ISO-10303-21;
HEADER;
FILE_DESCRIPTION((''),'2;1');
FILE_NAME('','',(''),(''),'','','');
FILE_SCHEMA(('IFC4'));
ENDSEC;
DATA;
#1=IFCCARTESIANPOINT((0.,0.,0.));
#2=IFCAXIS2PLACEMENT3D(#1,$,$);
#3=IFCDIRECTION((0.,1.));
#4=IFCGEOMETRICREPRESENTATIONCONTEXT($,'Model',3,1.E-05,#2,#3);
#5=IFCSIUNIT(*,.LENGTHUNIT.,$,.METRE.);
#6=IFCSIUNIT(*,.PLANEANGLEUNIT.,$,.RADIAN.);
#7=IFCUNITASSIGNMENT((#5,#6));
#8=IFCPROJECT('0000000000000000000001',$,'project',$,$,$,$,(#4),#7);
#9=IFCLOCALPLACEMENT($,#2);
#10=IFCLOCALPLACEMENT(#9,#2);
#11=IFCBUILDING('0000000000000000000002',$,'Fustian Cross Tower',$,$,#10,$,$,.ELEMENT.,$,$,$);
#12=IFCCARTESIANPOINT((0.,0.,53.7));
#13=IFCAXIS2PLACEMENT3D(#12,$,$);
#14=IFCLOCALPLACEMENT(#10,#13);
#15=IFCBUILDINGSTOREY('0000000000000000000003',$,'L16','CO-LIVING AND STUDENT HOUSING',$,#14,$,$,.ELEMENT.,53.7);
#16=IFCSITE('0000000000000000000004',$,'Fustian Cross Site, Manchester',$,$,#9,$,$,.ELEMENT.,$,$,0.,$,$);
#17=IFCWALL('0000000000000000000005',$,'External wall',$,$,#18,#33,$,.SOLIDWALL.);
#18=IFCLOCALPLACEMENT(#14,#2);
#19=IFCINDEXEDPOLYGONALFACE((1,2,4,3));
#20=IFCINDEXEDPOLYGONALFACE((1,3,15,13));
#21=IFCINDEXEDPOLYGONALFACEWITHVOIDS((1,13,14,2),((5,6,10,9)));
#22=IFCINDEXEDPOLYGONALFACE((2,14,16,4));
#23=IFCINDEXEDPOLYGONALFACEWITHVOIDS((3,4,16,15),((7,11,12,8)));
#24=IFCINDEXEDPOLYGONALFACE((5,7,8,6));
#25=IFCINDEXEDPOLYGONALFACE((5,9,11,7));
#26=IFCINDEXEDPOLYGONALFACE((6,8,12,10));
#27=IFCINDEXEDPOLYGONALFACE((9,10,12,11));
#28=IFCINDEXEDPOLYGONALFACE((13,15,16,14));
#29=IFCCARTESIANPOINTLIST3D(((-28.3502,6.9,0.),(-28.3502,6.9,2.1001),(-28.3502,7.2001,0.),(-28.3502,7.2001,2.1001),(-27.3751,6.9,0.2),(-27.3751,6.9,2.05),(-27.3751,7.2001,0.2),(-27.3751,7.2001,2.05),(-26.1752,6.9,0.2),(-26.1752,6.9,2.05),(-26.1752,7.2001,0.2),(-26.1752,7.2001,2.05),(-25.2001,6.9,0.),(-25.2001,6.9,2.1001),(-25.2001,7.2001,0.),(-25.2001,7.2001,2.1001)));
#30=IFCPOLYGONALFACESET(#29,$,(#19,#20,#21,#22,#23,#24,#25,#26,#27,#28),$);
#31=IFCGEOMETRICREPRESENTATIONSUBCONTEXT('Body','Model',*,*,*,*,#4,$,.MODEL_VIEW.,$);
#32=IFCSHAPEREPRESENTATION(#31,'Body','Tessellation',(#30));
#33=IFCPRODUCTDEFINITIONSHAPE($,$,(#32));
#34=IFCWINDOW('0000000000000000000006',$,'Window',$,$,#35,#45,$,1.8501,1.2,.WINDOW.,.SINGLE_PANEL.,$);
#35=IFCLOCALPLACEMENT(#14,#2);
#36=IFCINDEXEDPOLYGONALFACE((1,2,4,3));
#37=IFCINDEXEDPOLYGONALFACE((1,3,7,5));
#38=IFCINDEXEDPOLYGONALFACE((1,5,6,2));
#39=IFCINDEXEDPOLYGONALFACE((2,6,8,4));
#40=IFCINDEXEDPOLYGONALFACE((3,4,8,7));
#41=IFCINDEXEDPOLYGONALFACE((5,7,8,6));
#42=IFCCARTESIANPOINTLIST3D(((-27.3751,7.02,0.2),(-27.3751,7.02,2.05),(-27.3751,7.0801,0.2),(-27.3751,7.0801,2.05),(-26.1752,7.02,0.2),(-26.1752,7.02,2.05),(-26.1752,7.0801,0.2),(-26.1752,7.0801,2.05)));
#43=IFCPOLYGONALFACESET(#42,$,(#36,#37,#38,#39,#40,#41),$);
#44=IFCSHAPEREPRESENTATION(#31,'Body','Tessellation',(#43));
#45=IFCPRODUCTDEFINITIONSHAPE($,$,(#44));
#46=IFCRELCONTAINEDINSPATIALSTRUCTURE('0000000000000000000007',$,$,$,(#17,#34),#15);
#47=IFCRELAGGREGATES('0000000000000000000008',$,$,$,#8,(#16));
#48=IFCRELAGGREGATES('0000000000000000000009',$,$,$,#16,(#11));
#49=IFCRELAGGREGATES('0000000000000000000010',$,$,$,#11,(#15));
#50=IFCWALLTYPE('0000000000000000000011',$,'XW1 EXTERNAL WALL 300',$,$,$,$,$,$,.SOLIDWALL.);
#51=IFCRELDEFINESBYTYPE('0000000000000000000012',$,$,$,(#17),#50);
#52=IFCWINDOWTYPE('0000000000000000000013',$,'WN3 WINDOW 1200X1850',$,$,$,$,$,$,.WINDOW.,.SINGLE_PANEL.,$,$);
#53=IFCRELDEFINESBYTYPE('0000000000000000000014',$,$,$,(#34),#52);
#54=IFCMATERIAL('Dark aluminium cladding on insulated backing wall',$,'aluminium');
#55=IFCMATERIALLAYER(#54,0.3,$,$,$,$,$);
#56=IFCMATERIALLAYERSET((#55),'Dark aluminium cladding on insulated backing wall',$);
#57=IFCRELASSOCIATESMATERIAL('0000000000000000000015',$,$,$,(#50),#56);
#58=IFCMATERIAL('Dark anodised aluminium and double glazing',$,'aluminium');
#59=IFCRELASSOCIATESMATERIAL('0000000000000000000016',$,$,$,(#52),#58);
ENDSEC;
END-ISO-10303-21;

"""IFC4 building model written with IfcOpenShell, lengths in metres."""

from ifc_helpers import new_model, si_unit, direction, frame, frame_2d, origin, place, context, subcontext, project, spatial, rectangle, extrude, material, layer, layer_set, type_object, element, fill, save


model = new_model("IFC4")

# Units and contexts
model_context = context("Model", 3, precision=1e-05, world=origin(), true_north=direction((0.0, 1.0)))
body_context = subcontext(model_context, "Body", "Model", "MODEL_VIEW")
ifc_project = project(units=[si_unit("LENGTHUNIT", "METRE"), si_unit("PLANEANGLEUNIT", "RADIAN")], contexts=[model_context])

# Site, building, storey
site_placement = place(None, origin())
site = spatial("IfcSite", under=ifc_project, at=site_placement, Name="Fustian Cross Site, Manchester", CompositionType="ELEMENT", RefElevation=0.0)
building_placement = place(site_placement, origin())
building = spatial("IfcBuilding", under=site, at=building_placement, Name="Fustian Cross Tower", CompositionType="ELEMENT")
storey_placement = place(building_placement, frame((0.0, 0.0, 53.7)))
storey = spatial("IfcBuildingStorey", under=building, at=storey_placement, Name="L16", Description="CO-LIVING AND STUDENT HOUSING", CompositionType="ELEMENT", Elevation=53.7)

# Shared definitions
ifc_material_1 = material(Name="Dark aluminium cladding on insulated backing wall", Category="aluminium")
ifc_layer_1 = layer(ifc_material_1, 0.3)
ifc_layer_set_1 = layer_set([ifc_layer_1], Name="Dark aluminium cladding on insulated backing wall")
wall_type_1 = type_object("IfcWallType", Name="XW1 EXTERNAL WALL 300", PredefinedType="SOLIDWALL", material=ifc_layer_set_1)
ifc_material_2 = material(Name="Dark anodised aluminium and double glazing", Category="aluminium")
window_type_1 = type_object("IfcWindowType", Name="WN3 WINDOW 1200X1850", PartitioningType="SINGLE_PANEL", PredefinedType="WINDOW", material=ifc_material_2)

# Wall, opening, window
wall_1_placement = place(storey_placement, frame((-25.2, 7.05, 0.0), z_axis=(0.0, 0.0, 1.0), x_axis=(-1.0, 0.0, 0.0)))
wall_1 = element("IfcWall", 1, at=wall_1_placement, inside=storey, type_object=wall_type_1, Name="External wall", PredefinedType="SOLIDWALL", context=body_context, shape_type="SweptSolid", body=[
    extrude(rectangle(XDim=3.1501, YDim=0.3, at=frame_2d((1.5752, 0.0))), origin(), (0.0, 0.0, 1.0), 2.1001),
])
opening_1_placement = place(wall_1_placement, frame((0.9751, 0.0, 0.2)))
opening_1 = element("IfcOpeningElement", 2, at=opening_1_placement, cuts=wall_1, PredefinedType="OPENING", context=body_context, shape_type="SweptSolid", body=[
    extrude(rectangle(XDim=1.2, YDim=1.8501, at=frame_2d((0.6001, 0.925))), frame((0.0, 0.1599, 0.0), z_axis=(0.0, -1.0, 0.0), x_axis=(1.0, 0.0, 0.0)), (0.0, 0.0, 1.0), 0.3201),
])
window_1_placement = place(opening_1_placement, origin())
window_1 = element("IfcWindow", 3, at=window_1_placement, inside=storey, type_object=window_type_1, Name="Window", OverallHeight=1.8501, OverallWidth=1.2, PartitioningType="SINGLE_PANEL", PredefinedType="WINDOW", context=body_context, shape_type="SweptSolid", body=[
    extrude(rectangle(XDim=1.2, YDim=1.8501, at=frame_2d((0.6001, 0.925))), frame((0.0, 0.03, 0.0), z_axis=(0.0, -1.0, 0.0), x_axis=(1.0, 0.0, 0.0)), (0.0, 0.0, 1.0), 0.0601),
])
fill(opening_1, window_1)

save(model, "model.ifc")
